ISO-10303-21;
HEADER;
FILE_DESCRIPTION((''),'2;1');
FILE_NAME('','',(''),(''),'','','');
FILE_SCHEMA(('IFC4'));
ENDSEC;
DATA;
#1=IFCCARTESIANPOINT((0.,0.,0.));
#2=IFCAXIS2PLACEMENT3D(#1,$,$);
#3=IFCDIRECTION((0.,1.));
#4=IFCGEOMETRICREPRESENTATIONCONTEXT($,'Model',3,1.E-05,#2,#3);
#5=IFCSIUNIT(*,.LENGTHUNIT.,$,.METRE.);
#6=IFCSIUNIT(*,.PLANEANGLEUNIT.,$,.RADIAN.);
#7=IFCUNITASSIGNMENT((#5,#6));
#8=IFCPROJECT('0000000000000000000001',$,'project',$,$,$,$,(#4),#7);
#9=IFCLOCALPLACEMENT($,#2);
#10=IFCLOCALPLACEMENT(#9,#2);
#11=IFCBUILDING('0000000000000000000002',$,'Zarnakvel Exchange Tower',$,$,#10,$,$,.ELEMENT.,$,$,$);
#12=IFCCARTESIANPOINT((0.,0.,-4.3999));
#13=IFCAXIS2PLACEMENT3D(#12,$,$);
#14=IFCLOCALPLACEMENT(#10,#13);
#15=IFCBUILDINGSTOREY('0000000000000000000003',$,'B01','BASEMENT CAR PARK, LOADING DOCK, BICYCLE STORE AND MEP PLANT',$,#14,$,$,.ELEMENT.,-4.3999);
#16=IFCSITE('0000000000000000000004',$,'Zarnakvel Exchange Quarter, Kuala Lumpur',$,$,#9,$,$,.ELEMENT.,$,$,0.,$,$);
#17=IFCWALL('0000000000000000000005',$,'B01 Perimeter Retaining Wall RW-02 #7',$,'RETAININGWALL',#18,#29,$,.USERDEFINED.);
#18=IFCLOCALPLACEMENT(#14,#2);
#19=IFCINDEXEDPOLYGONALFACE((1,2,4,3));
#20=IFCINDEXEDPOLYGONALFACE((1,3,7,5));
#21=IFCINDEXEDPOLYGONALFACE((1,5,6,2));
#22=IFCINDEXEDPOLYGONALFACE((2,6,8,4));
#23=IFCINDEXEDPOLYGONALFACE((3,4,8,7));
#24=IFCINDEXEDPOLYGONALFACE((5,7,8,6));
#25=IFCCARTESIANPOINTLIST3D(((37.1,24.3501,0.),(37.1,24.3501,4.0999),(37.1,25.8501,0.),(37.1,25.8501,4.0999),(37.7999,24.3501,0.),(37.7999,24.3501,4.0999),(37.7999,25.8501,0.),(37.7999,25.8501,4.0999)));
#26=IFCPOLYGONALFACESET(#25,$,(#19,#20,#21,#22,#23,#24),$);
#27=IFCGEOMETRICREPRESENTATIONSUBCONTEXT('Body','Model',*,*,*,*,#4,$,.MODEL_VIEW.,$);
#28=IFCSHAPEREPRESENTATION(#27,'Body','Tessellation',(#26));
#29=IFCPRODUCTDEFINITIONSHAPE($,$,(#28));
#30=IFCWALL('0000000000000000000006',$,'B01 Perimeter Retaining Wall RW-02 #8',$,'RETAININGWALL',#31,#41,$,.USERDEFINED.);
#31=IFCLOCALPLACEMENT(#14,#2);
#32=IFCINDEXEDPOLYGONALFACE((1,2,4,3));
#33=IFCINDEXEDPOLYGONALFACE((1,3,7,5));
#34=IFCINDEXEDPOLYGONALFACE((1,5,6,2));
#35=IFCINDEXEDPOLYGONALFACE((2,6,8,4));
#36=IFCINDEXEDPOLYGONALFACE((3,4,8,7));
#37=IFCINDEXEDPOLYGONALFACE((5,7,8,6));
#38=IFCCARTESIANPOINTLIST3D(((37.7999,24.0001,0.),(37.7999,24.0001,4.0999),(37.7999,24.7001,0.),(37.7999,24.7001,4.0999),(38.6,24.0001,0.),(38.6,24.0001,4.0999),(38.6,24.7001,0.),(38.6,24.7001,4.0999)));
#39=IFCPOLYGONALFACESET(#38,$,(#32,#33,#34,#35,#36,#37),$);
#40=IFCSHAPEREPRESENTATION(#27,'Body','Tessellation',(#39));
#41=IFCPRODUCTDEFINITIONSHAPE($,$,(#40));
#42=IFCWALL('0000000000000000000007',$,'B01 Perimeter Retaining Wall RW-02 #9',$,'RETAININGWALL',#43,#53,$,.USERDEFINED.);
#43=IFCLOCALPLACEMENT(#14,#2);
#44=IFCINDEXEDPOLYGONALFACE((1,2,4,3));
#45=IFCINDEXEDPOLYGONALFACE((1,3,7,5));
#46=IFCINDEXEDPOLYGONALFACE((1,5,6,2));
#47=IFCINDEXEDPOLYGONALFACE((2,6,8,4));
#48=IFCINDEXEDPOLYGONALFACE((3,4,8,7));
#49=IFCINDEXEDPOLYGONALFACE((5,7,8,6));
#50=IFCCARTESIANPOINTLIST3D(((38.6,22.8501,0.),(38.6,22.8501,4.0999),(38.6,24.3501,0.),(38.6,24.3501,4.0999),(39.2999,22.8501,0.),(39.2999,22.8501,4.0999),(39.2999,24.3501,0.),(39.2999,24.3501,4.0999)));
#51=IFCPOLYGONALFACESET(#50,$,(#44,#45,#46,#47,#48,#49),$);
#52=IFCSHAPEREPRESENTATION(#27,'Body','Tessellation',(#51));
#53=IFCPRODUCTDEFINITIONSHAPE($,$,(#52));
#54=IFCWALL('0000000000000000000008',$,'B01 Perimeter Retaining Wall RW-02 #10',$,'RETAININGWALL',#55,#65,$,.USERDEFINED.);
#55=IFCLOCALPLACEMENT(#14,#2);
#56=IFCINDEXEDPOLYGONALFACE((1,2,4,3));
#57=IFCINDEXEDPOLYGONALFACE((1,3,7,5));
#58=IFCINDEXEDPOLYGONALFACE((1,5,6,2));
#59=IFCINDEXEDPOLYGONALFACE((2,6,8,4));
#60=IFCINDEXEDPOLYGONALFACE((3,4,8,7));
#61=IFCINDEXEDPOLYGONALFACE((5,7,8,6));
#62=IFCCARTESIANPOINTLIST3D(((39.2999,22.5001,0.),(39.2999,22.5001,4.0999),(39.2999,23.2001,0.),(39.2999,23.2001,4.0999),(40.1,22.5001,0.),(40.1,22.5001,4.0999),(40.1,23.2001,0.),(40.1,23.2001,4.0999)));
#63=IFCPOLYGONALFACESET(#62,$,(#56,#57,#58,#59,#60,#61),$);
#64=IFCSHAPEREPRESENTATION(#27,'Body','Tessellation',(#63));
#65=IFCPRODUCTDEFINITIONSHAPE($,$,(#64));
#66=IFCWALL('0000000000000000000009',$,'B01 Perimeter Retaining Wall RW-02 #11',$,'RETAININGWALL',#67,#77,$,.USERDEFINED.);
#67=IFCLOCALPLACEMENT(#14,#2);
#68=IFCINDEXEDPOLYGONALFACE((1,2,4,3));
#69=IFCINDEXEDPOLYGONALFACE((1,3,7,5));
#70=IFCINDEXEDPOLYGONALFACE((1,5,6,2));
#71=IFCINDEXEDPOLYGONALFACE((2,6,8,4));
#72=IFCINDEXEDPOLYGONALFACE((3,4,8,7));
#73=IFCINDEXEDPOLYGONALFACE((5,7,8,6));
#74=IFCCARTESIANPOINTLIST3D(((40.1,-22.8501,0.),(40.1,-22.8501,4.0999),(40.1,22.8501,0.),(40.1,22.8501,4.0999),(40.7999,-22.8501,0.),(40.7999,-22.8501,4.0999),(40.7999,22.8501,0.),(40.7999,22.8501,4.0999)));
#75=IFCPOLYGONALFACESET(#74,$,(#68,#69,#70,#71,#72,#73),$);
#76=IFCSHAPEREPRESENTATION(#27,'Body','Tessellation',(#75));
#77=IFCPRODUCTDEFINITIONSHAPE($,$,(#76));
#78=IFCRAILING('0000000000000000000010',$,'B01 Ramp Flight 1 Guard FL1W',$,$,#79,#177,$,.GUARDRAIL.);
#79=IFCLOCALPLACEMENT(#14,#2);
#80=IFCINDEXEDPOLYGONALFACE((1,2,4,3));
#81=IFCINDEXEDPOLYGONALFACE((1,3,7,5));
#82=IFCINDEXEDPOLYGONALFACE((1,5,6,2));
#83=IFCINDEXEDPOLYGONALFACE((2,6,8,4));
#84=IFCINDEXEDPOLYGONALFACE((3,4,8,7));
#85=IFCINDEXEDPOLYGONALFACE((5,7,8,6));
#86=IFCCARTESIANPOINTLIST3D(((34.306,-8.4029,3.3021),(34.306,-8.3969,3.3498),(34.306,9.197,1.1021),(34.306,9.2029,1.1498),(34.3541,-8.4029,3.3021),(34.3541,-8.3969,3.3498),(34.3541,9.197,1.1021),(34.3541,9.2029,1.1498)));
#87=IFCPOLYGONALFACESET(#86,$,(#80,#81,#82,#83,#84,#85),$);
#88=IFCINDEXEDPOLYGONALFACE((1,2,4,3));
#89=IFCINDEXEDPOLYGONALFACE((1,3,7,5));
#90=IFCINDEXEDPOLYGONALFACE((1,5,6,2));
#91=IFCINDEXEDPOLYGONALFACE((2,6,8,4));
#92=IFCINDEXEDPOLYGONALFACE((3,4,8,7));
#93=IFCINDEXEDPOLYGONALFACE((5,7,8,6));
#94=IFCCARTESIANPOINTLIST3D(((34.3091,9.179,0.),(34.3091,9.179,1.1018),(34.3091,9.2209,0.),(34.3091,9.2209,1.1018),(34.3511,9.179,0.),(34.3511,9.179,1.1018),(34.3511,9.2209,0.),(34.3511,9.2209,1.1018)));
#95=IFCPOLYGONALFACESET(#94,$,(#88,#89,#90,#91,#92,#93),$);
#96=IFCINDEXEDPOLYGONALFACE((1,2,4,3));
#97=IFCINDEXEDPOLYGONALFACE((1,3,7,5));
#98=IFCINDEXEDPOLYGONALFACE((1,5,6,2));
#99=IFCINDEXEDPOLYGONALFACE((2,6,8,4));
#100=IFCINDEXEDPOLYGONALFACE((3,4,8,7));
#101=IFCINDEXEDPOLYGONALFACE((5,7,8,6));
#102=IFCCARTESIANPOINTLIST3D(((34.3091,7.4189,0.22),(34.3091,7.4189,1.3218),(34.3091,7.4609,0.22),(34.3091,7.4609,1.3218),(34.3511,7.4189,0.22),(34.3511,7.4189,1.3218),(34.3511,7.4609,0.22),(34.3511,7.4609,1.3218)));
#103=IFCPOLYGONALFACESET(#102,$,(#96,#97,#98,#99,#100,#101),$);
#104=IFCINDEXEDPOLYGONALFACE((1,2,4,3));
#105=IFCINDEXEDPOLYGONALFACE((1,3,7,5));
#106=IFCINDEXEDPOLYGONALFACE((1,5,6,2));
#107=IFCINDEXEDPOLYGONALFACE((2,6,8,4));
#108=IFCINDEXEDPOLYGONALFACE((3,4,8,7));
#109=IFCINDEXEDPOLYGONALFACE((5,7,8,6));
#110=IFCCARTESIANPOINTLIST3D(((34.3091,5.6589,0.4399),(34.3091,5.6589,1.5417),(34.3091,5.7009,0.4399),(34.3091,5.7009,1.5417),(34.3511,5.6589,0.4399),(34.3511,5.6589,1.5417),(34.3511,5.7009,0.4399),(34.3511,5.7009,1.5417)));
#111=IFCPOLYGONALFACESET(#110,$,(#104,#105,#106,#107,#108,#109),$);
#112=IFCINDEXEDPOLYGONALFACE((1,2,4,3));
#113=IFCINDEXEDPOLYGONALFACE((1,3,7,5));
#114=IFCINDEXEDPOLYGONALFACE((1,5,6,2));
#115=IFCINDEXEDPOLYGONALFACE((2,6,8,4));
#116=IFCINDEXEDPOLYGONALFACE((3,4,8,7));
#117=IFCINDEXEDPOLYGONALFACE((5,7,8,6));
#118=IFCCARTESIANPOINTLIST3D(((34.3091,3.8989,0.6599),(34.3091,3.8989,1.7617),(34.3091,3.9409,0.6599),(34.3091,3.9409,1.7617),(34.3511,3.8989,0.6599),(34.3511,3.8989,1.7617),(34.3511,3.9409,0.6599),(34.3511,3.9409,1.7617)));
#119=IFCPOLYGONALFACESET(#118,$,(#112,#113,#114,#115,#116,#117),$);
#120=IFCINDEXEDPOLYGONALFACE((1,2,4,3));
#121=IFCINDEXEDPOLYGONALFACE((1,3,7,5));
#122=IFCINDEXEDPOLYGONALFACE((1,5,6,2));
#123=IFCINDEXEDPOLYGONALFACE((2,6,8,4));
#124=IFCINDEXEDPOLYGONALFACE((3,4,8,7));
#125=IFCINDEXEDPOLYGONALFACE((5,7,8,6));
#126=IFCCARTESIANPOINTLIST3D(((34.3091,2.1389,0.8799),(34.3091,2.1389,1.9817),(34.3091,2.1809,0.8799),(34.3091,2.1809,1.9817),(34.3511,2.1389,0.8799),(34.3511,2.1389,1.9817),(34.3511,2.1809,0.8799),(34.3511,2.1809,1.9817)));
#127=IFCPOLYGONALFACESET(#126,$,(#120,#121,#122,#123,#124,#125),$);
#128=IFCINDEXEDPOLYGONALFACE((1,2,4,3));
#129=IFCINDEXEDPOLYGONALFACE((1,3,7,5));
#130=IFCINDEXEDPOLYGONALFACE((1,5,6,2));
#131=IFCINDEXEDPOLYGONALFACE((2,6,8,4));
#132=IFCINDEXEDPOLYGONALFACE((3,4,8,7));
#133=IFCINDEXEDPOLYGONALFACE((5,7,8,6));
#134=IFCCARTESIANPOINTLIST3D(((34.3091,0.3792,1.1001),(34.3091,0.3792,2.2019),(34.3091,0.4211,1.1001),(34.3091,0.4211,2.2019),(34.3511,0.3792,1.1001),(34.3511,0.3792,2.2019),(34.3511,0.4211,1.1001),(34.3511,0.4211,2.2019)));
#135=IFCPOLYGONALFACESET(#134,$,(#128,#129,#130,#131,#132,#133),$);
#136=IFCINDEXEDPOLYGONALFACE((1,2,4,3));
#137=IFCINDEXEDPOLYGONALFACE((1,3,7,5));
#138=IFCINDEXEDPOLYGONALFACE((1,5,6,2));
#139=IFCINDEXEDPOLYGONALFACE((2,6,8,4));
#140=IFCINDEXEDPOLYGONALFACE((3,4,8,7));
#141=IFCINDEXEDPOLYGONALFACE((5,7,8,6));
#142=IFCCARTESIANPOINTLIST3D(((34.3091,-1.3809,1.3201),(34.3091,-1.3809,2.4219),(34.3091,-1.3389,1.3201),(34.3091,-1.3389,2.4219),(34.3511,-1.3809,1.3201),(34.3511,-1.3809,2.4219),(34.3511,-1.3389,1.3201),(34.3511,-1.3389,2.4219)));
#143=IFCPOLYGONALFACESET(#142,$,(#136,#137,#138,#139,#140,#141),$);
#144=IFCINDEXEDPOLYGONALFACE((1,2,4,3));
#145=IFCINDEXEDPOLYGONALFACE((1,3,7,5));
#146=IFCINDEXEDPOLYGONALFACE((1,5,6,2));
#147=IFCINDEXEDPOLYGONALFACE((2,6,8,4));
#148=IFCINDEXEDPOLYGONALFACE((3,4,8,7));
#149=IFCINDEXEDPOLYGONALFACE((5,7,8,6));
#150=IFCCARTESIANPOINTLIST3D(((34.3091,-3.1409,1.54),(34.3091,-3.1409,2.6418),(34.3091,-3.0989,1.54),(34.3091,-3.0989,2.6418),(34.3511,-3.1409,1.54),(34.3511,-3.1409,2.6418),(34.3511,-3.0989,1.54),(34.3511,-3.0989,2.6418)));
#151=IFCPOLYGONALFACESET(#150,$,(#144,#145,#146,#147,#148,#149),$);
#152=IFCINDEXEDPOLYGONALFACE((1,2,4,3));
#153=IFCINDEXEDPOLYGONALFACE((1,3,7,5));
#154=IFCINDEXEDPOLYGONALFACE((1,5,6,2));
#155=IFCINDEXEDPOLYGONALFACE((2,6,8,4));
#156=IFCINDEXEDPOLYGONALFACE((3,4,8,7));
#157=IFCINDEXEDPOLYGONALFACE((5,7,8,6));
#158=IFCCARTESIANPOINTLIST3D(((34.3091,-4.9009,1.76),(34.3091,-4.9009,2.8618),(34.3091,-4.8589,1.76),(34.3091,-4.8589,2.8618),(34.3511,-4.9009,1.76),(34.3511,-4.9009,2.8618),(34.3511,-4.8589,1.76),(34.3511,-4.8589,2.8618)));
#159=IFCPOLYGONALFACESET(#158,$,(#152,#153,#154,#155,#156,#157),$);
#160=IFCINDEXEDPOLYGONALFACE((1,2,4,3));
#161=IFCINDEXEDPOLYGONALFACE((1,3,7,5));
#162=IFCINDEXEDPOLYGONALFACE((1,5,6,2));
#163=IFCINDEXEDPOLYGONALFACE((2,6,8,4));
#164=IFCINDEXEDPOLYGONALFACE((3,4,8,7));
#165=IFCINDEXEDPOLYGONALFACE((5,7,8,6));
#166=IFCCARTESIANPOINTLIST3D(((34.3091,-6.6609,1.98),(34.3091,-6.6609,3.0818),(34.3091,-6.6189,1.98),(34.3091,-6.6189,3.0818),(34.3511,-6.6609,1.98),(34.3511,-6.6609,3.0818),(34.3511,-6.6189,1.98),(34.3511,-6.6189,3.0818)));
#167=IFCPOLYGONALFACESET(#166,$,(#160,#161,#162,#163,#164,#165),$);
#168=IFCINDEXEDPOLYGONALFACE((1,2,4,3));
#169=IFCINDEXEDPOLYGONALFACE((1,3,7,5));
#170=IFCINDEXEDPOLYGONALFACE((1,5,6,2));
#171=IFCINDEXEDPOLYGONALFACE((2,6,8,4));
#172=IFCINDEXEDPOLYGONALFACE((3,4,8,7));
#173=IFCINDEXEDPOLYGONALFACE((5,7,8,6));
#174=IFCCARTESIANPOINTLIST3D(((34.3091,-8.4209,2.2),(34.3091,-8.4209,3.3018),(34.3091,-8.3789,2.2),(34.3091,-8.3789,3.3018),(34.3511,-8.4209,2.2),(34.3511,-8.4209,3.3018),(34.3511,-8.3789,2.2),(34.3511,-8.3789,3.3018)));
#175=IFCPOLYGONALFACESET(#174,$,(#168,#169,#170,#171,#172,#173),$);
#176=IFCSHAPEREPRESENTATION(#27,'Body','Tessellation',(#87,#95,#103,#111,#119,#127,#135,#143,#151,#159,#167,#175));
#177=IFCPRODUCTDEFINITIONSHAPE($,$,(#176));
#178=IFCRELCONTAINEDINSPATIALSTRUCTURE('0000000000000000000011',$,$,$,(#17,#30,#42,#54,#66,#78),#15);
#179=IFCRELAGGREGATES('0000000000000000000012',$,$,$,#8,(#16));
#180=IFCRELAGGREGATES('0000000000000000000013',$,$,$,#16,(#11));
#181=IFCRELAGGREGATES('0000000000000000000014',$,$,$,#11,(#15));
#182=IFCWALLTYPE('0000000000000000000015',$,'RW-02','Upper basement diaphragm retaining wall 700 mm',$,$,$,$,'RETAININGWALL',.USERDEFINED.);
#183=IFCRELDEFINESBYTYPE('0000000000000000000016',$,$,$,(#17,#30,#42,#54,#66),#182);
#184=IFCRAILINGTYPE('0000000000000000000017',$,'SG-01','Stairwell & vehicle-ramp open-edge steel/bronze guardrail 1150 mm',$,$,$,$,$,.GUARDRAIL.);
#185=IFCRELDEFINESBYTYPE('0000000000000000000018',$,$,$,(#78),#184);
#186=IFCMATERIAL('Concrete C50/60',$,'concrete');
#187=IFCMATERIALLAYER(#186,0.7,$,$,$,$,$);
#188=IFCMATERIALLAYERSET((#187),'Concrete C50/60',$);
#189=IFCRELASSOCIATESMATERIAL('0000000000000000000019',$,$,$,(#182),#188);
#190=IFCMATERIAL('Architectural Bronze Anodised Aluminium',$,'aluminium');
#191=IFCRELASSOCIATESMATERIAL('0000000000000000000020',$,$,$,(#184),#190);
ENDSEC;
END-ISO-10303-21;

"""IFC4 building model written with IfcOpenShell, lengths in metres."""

from ifc_helpers import new_model, si_unit, direction, frame, frame_2d, origin, origin_2d, place, context, subcontext, project, spatial, rectangle, extrude, material, layer, layer_set, type_object, element, save


model = new_model("IFC4")

# Units and contexts
model_context = context("Model", 3, precision=1e-05, world=origin(), true_north=direction((0.0, 1.0)))
body_context = subcontext(model_context, "Body", "Model", "MODEL_VIEW")
ifc_project = project(units=[si_unit("LENGTHUNIT", "METRE"), si_unit("PLANEANGLEUNIT", "RADIAN")], contexts=[model_context])

# Site, building, storey
site_placement = place(None, origin())
site = spatial("IfcSite", under=ifc_project, at=site_placement, Name="Zarnakvel Exchange Quarter, Kuala Lumpur", CompositionType="ELEMENT", RefElevation=0.0)
building_placement = place(site_placement, origin())
building = spatial("IfcBuilding", under=site, at=building_placement, Name="Zarnakvel Exchange Tower", CompositionType="ELEMENT")
storey_placement = place(building_placement, frame((0.0, 0.0, -4.3999)))
storey = spatial("IfcBuildingStorey", under=building, at=storey_placement, Name="B01", Description="BASEMENT CAR PARK, LOADING DOCK, BICYCLE STORE AND MEP PLANT", CompositionType="ELEMENT", Elevation=-4.3999)

# Shared definitions
ifc_material_1 = material(Name="Concrete C50/60", Category="concrete")

# Walls
ifc_layer_1 = layer(ifc_material_1, 0.7)
ifc_layer_set_1 = layer_set([ifc_layer_1], Name="Concrete C50/60")
wall_type_1 = type_object("IfcWallType", Name="RW-02", Description="Upper basement diaphragm retaining wall 700 mm", ElementType="RETAININGWALL", PredefinedType="USERDEFINED", material=ifc_layer_set_1)
wall_1_placement = place(storey_placement, frame((37.45, 25.8501, 0.0), z_axis=(0.0, 0.0, 1.0), x_axis=(0.0, -1.0, 0.0)))
element("IfcWall", 1, at=wall_1_placement, inside=storey, type_object=wall_type_1, Name="B01 Perimeter Retaining Wall RW-02 #7", ObjectType="RETAININGWALL", PredefinedType="USERDEFINED", context=body_context, shape_type="SweptSolid", body=[
    extrude(rectangle(XDim=1.5, YDim=0.7, at=frame_2d((0.75, 0.0))), origin(), (0.0, 0.0, 1.0), 4.0999),
])
wall_2_placement = place(storey_placement, frame((37.8, 24.3501, 0.0), z_axis=(0.0, 0.0, 1.0), x_axis=(1.0, 0.0, 0.0)))
element("IfcWall", 2, at=wall_2_placement, inside=storey, type_object=wall_type_1, Name="B01 Perimeter Retaining Wall RW-02 #8", ObjectType="RETAININGWALL", PredefinedType="USERDEFINED", context=body_context, shape_type="SweptSolid", body=[
    extrude(rectangle(XDim=0.8, YDim=0.7, at=frame_2d((0.3999, 0.0))), origin(), (0.0, 0.0, 1.0), 4.0999),
])
wall_3_placement = place(storey_placement, frame((38.95, 24.3501, 0.0), z_axis=(0.0, 0.0, 1.0), x_axis=(0.0, -1.0, 0.0)))
element("IfcWall", 3, at=wall_3_placement, inside=storey, type_object=wall_type_1, Name="B01 Perimeter Retaining Wall RW-02 #9", ObjectType="RETAININGWALL", PredefinedType="USERDEFINED", context=body_context, shape_type="SweptSolid", body=[
    extrude(rectangle(XDim=1.5, YDim=0.7, at=frame_2d((0.75, 0.0))), origin(), (0.0, 0.0, 1.0), 4.0999),
])
wall_4_placement = place(storey_placement, frame((39.3, 22.8501, 0.0), z_axis=(0.0, 0.0, 1.0), x_axis=(1.0, 0.0, 0.0)))
element("IfcWall", 4, at=wall_4_placement, inside=storey, type_object=wall_type_1, Name="B01 Perimeter Retaining Wall RW-02 #10", ObjectType="RETAININGWALL", PredefinedType="USERDEFINED", context=body_context, shape_type="SweptSolid", body=[
    extrude(rectangle(XDim=0.8, YDim=0.7, at=frame_2d((0.3999, 0.0))), origin(), (0.0, 0.0, 1.0), 4.0999),
])
wall_5_placement = place(storey_placement, frame((40.45, 22.8501, 0.0), z_axis=(0.0, 0.0, 1.0), x_axis=(0.0, -1.0, 0.0)))
element("IfcWall", 5, at=wall_5_placement, inside=storey, type_object=wall_type_1, Name="B01 Perimeter Retaining Wall RW-02 #11", ObjectType="RETAININGWALL", PredefinedType="USERDEFINED", context=body_context, shape_type="SweptSolid", body=[
    extrude(rectangle(XDim=45.7002, YDim=0.7, at=frame_2d((22.8501, 0.0))), origin(), (0.0, 0.0, 1.0), 4.0999),
])

# Railing
ifc_material_2 = material(Name="Architectural Bronze Anodised Aluminium", Category="aluminium")
railing_type = type_object("IfcRailingType", Name="SG-01", Description="Stairwell & vehicle-ramp open-edge steel/bronze guardrail 1150 mm", PredefinedType="GUARDRAIL", material=ifc_material_2)
railing_1_placement = place(storey_placement, frame((34.3301, 9.2, 0.0)))
element("IfcRailing", 6, at=railing_1_placement, inside=storey, type_object=railing_type, Name="B01 Ramp Flight 1 Guard FL1W", PredefinedType="GUARDRAIL", context=body_context, shape_type="SweptSolid", body=[
    extrude(rectangle(XDim=0.0481, YDim=0.0481, at=origin_2d()), frame((0.0, 0.0, 1.126), z_axis=(0.0, -0.992278, 0.124033), x_axis=(1.0, 0.0, 0.0)), (0.0, 0.0, 1.0), 17.7368),
    extrude(rectangle(XDim=0.042, YDim=0.042, at=origin_2d()), origin(), (0.0, 0.0, 1.0), 1.1018),
    extrude(rectangle(XDim=0.042, YDim=0.042, at=origin_2d()), frame((0.0, -1.76, 0.22)), (0.0, 0.0, 1.0), 1.1018),
    extrude(rectangle(XDim=0.042, YDim=0.042, at=origin_2d()), frame((0.0, -3.52, 0.4399)), (0.0, 0.0, 1.0), 1.1018),
    extrude(rectangle(XDim=0.042, YDim=0.042, at=origin_2d()), frame((0.0, -5.28, 0.6599)), (0.0, 0.0, 1.0), 1.1018),
    extrude(rectangle(XDim=0.042, YDim=0.042, at=origin_2d()), frame((0.0, -7.04, 0.8799)), (0.0, 0.0, 1.0), 1.1018),
    extrude(rectangle(XDim=0.042, YDim=0.042, at=origin_2d()), frame((0.0, -8.7998, 1.1001)), (0.0, 0.0, 1.0), 1.1018),
    extrude(rectangle(XDim=0.042, YDim=0.042, at=origin_2d()), frame((0.0, -10.5598, 1.3201)), (0.0, 0.0, 1.0), 1.1018),
    extrude(rectangle(XDim=0.042, YDim=0.042, at=origin_2d()), frame((0.0, -12.3198, 1.54)), (0.0, 0.0, 1.0), 1.1018),
    extrude(rectangle(XDim=0.042, YDim=0.042, at=origin_2d()), frame((0.0, -14.0798, 1.76)), (0.0, 0.0, 1.0), 1.1018),
    extrude(rectangle(XDim=0.042, YDim=0.042, at=origin_2d()), frame((0.0, -15.8398, 1.98)), (0.0, 0.0, 1.0), 1.1018),
    extrude(rectangle(XDim=0.042, YDim=0.042, at=origin_2d()), frame((0.0, -17.5999, 2.2)), (0.0, 0.0, 1.0), 1.1018),
])

save(model, "model.ifc")
